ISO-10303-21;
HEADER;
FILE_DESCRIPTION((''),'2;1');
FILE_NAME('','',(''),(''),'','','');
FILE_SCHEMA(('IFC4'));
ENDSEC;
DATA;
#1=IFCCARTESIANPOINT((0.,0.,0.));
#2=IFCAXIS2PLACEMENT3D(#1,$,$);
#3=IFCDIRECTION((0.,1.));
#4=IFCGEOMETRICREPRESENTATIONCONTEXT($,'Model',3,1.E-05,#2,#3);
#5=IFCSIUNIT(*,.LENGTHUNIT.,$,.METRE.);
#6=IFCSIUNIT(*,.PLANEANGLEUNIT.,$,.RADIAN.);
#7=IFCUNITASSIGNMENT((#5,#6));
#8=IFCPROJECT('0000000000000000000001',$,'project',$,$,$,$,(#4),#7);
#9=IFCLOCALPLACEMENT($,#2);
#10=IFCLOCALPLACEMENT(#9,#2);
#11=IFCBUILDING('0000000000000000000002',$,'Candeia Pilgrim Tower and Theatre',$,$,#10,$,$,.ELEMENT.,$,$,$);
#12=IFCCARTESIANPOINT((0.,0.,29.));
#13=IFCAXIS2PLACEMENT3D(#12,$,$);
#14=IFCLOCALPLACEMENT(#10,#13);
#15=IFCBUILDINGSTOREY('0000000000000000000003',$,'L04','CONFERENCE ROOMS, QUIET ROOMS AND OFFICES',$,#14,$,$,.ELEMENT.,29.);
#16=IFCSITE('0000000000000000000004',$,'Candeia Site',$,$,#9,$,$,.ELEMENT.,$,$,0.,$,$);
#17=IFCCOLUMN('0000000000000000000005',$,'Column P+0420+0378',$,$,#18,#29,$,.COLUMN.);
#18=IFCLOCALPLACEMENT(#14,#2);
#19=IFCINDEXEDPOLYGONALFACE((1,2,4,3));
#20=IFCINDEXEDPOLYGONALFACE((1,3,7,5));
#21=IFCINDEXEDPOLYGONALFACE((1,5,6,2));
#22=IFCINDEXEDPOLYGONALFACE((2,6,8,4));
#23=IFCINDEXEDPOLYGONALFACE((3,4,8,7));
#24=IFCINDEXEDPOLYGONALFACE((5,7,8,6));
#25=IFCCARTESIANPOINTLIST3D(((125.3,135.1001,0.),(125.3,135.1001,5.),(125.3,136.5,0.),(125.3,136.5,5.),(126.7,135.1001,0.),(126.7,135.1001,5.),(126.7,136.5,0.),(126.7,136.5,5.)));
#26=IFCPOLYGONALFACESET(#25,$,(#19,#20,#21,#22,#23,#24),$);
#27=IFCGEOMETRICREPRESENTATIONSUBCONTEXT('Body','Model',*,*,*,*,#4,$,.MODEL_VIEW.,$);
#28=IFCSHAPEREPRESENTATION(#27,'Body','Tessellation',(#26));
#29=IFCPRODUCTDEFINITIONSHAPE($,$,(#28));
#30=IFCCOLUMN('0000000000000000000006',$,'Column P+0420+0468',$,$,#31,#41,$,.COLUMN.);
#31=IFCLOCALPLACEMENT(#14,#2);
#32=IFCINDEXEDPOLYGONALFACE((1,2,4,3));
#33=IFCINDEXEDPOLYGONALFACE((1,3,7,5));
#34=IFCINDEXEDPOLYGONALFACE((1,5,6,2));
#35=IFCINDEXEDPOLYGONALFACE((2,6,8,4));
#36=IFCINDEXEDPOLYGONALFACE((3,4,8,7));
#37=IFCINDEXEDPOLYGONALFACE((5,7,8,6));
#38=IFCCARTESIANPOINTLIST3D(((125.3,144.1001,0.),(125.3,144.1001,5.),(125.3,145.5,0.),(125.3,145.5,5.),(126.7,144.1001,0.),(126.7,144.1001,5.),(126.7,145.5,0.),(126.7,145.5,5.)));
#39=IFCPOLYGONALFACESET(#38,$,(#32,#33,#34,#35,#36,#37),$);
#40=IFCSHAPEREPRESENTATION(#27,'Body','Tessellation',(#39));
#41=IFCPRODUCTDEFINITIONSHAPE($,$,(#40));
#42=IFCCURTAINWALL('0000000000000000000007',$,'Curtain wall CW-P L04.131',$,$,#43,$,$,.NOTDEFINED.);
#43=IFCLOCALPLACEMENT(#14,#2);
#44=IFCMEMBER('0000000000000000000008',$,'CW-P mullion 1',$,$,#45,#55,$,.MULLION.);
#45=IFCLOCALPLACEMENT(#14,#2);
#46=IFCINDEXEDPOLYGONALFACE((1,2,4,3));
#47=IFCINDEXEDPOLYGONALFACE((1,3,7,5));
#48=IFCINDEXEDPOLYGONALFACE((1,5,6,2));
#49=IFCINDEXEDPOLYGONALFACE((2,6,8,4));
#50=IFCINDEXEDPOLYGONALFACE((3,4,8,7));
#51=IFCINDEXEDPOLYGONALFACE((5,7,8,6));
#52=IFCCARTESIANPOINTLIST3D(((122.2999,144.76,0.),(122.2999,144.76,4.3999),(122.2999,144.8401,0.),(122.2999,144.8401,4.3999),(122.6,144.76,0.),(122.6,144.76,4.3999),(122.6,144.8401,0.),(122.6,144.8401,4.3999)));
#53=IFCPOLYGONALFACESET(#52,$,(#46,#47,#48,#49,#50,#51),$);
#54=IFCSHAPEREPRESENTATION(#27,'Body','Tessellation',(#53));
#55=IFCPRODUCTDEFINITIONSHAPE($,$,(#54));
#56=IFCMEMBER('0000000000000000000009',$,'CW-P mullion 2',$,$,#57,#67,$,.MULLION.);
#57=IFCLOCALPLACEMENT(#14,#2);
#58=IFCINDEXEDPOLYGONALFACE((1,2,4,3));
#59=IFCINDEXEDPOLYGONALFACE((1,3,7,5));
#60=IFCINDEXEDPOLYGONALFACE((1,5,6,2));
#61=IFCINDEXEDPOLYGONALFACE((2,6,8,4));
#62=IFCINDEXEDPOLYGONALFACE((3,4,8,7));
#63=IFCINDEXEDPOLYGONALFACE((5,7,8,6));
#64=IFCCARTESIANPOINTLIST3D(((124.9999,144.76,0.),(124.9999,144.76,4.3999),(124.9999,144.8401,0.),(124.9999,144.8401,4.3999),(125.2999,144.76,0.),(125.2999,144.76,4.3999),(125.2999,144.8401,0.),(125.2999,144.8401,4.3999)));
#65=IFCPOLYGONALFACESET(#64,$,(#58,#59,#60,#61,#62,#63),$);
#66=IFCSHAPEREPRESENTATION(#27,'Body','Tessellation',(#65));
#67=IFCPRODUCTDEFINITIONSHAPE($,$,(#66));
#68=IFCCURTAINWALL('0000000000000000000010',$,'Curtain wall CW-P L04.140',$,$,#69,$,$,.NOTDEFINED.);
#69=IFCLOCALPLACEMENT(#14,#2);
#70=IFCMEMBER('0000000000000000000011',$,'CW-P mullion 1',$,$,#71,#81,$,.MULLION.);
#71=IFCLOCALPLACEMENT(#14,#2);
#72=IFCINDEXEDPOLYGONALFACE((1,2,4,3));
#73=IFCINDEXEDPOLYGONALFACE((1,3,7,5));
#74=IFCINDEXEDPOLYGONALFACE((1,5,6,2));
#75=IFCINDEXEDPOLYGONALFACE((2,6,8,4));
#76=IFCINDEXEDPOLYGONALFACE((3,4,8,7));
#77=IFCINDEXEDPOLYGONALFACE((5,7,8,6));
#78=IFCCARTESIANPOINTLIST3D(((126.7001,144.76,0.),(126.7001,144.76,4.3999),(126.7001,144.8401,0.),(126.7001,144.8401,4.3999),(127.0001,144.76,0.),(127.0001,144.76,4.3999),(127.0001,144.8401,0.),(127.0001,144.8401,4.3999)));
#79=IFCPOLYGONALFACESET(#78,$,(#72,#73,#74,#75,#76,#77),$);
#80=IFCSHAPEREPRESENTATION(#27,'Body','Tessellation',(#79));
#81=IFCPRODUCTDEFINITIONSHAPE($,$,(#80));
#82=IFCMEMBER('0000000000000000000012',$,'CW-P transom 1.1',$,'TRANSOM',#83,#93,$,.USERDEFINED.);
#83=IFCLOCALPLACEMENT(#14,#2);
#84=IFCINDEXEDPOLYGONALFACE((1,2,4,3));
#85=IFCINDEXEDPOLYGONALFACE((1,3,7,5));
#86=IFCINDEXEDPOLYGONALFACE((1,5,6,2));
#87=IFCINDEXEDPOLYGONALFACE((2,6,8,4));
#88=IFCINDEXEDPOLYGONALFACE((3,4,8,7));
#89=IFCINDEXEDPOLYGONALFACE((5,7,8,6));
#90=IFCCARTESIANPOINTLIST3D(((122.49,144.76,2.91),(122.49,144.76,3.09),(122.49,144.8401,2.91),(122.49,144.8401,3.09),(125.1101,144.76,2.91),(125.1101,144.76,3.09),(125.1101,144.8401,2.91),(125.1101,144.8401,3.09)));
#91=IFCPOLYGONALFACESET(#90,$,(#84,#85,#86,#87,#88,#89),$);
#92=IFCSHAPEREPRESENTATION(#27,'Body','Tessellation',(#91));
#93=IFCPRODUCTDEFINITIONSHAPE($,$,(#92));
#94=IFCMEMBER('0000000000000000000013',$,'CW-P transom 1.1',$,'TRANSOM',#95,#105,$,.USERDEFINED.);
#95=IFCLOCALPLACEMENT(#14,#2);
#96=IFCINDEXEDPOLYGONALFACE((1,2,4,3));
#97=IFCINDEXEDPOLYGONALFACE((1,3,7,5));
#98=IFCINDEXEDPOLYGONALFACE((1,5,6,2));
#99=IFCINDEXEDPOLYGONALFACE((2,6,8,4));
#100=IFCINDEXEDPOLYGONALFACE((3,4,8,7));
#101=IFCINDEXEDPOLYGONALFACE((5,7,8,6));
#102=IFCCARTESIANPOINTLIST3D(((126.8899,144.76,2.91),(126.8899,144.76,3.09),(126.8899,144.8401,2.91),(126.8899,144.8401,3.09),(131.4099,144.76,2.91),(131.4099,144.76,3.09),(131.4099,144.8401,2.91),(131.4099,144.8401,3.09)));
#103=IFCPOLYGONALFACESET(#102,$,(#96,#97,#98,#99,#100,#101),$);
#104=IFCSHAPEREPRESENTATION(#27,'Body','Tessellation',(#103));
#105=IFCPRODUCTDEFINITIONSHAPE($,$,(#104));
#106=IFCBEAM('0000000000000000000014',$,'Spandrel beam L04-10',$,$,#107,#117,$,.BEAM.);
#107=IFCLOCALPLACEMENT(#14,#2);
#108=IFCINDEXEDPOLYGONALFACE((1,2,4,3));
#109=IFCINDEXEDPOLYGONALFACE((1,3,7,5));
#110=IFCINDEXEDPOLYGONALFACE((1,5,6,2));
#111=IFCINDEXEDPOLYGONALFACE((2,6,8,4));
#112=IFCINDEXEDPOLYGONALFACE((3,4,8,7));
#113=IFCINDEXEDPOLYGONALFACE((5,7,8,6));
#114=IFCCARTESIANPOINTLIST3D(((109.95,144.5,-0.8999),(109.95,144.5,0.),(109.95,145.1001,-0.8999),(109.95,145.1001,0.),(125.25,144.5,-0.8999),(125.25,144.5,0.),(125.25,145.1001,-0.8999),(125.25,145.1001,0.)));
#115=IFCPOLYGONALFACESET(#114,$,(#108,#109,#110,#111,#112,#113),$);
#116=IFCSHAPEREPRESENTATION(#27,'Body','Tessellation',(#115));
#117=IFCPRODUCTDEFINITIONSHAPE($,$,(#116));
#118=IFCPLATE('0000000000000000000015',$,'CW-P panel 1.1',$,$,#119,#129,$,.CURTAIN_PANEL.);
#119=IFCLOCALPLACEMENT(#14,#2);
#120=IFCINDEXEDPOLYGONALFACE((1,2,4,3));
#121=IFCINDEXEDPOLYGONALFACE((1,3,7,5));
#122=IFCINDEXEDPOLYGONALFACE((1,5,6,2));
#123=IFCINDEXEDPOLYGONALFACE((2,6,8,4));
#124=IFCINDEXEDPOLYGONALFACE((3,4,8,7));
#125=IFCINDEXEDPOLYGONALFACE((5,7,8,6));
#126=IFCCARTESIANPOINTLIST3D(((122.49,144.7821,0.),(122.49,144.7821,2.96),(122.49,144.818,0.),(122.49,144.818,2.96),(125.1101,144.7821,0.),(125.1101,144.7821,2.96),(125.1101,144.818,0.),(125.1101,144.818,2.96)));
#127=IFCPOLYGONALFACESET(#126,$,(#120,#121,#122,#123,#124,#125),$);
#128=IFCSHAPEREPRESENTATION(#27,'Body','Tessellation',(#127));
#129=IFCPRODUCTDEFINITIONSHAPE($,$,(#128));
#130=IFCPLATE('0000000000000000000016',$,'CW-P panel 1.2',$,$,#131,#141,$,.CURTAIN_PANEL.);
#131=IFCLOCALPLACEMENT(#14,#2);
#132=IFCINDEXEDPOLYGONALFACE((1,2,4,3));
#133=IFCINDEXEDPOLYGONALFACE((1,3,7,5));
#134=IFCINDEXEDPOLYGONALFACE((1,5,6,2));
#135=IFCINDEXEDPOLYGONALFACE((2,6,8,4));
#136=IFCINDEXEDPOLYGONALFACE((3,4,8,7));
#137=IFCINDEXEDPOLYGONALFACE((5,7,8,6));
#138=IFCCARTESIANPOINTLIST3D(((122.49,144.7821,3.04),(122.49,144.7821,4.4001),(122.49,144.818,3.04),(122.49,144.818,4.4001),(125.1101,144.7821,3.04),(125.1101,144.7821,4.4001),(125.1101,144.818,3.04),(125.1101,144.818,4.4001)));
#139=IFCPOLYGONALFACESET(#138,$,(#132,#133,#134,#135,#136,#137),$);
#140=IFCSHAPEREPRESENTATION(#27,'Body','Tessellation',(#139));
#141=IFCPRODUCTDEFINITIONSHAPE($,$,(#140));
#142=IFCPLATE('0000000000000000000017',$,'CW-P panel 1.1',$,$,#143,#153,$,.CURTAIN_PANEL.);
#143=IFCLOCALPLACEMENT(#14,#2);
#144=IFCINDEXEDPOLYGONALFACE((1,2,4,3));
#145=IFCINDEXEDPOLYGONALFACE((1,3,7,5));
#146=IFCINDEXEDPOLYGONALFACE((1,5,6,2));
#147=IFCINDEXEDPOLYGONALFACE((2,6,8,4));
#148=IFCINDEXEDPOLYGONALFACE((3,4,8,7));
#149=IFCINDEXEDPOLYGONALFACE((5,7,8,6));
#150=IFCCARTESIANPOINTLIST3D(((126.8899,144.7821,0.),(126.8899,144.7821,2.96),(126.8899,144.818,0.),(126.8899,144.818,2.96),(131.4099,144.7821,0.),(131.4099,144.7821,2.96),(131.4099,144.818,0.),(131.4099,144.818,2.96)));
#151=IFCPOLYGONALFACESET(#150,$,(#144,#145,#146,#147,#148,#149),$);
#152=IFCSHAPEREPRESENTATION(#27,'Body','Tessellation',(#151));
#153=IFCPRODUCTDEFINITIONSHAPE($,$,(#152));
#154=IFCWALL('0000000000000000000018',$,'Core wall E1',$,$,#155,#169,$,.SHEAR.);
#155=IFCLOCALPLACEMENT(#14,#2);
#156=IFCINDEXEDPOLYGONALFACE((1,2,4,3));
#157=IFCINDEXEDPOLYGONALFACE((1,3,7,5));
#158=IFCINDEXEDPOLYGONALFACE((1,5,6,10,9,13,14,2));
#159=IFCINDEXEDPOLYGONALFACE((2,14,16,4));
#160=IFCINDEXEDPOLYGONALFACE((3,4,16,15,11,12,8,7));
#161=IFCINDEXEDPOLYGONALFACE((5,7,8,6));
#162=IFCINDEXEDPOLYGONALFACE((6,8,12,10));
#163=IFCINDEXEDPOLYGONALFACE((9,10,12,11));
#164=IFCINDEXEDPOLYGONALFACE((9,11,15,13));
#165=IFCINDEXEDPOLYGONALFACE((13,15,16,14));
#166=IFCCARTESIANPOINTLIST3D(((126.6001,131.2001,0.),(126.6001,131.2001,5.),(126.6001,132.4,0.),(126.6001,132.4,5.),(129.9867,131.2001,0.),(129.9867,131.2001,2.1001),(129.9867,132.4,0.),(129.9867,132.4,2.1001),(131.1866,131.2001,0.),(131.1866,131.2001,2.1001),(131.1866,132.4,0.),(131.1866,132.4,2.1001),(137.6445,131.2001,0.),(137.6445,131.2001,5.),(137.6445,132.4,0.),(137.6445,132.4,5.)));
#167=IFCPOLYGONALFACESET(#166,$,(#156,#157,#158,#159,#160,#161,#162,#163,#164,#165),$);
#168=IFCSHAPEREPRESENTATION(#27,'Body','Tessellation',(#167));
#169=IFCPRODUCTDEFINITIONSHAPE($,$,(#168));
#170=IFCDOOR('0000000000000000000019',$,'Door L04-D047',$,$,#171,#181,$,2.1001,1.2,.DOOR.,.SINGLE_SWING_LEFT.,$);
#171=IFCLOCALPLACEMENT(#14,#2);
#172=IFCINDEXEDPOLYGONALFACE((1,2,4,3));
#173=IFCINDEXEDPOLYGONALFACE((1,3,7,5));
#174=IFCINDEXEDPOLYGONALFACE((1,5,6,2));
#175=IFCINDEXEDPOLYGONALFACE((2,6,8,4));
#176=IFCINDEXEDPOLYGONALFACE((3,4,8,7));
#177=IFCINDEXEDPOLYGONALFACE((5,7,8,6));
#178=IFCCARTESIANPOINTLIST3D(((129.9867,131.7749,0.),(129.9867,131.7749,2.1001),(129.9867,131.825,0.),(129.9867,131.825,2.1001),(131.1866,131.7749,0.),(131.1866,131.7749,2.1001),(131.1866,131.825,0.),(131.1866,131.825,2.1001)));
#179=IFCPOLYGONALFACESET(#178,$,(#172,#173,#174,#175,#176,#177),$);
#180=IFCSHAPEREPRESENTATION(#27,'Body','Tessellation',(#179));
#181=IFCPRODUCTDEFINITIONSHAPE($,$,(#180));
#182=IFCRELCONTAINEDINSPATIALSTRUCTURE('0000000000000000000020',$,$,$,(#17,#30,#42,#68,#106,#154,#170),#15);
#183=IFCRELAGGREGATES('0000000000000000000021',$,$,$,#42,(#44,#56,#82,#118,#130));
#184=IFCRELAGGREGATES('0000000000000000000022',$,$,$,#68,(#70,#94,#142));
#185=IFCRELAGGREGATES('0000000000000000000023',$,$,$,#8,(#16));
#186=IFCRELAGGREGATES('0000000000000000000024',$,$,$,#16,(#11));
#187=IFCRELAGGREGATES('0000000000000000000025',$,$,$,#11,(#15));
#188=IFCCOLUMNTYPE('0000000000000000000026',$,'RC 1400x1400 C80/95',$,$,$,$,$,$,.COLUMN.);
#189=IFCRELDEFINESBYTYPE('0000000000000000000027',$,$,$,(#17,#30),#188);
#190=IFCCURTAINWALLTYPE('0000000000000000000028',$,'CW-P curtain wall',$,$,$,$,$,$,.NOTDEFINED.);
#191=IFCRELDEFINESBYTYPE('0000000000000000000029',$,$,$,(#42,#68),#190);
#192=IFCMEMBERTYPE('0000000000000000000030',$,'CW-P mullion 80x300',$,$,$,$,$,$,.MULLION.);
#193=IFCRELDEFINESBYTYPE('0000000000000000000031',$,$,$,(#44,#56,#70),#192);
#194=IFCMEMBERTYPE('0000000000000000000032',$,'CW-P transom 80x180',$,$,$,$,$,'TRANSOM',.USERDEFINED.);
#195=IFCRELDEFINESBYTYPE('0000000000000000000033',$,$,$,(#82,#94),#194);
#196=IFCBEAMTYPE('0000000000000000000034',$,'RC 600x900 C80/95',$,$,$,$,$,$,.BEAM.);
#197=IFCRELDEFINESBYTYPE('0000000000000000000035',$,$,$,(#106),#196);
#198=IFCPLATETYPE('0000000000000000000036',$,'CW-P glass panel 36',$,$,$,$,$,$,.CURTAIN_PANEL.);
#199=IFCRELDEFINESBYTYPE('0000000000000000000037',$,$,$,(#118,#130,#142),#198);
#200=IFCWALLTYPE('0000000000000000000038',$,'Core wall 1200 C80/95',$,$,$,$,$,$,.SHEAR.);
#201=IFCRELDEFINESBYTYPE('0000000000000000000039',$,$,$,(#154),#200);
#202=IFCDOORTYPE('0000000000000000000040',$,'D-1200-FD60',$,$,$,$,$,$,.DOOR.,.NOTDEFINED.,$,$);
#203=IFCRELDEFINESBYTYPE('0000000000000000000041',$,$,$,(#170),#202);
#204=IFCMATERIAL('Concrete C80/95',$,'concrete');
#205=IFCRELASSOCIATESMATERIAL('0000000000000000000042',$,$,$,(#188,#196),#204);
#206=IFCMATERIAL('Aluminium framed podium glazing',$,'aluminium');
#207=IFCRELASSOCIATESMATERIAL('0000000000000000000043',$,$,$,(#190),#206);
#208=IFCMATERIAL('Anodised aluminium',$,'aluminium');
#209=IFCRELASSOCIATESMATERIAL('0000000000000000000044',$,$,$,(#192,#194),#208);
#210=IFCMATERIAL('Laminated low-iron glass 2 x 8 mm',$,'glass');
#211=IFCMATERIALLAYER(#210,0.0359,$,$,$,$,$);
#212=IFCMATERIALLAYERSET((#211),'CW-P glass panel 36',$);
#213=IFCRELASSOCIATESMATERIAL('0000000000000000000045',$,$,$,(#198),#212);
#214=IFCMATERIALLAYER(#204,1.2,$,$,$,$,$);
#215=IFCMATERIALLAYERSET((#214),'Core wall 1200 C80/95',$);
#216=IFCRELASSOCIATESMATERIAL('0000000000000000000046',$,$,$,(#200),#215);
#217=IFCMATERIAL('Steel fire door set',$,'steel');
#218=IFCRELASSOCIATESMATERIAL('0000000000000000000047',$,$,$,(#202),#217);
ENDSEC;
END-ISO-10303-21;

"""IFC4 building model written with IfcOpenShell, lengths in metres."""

from ifc_helpers import new_model, si_unit, direction, frame, frame_2d, origin, origin_2d, place, context, subcontext, project, spatial, rectangle, extrude, material, layer, layer_set, material_profile, profile_set, type_object, element, fill, aggregate, save


model = new_model("IFC4")

# Units and contexts
model_context = context("Model", 3, precision=1e-05, world=origin(), true_north=direction((0.0, 1.0)))
body_context = subcontext(model_context, "Body", "Model", "MODEL_VIEW")
ifc_project = project(units=[si_unit("LENGTHUNIT", "METRE"), si_unit("PLANEANGLEUNIT", "RADIAN")], contexts=[model_context])

# Site, building, storey
site_placement = place(None, origin())
site = spatial("IfcSite", under=ifc_project, at=site_placement, Name="Candeia Site", CompositionType="ELEMENT", RefElevation=0.0)
building_placement = place(site_placement, origin())
building = spatial("IfcBuilding", under=site, at=building_placement, Name="Candeia Pilgrim Tower and Theatre", CompositionType="ELEMENT")
storey_placement = place(building_placement, frame((0.0, 0.0, 29.0)))
storey = spatial("IfcBuildingStorey", under=building, at=storey_placement, Name="L04", Description="CONFERENCE ROOMS, QUIET ROOMS AND OFFICES", CompositionType="ELEMENT", Elevation=29.0)

# Columns
ifc_material_1 = material(Name="Concrete C80/95", Category="concrete")
ifc_material_profile_1 = material_profile(ifc_material_1, rectangle(XDim=1.3999, YDim=1.3999, at=origin_2d()))
ifc_profile_set_1 = profile_set([ifc_material_profile_1], Name="Concrete C80/95")
column_type = type_object("IfcColumnType", Name="RC 1400x1400 C80/95", PredefinedType="COLUMN", material=ifc_profile_set_1)
for number, where, z_axis, x_axis, name in (
    (1, (126.0, 135.8, 0.0), (0.0, 0.0, 1.0), (1.0, 0.0, 0.0), "Column P+0420+0378"),
    (2, (126.0, 144.8, 0.0), (0.0, 0.0, 1.0), (1.0, 0.0, 0.0), "Column P+0420+0468"),
):
    element("IfcColumn", number, at=place(storey_placement, frame(where, z_axis=z_axis, x_axis=x_axis)), inside=storey, type_object=column_type, Name=name, PredefinedType="COLUMN", context=body_context, shape_type="SweptSolid", body=[
        extrude(rectangle(XDim=1.3999, YDim=1.3999, at=origin_2d()), origin(), (0.0, 0.0, 1.0), 5.0),
    ])

# Curtain wall, members
ifc_material_2 = material(Name="Aluminium framed podium glazing", Category="aluminium")
curtain_wall_type = type_object("IfcCurtainWallType", Name="CW-P curtain wall", PredefinedType="NOTDEFINED", material=ifc_material_2)
curtain_wall_1_placement = place(storey_placement, origin())
curtain_wall_1 = element("IfcCurtainWall", 3, at=curtain_wall_1_placement, inside=storey, type_object=curtain_wall_type, Name="Curtain wall CW-P L04.131", PredefinedType="NOTDEFINED")
ifc_material_3 = material(Name="Anodised aluminium", Category="aluminium")
ifc_material_profile_2 = material_profile(ifc_material_3, rectangle(XDim=0.0801, YDim=0.3, at=origin_2d()))
ifc_profile_set_2 = profile_set([ifc_material_profile_2], Name="Anodised aluminium")
member_type_1 = type_object("IfcMemberType", Name="CW-P mullion 80x300", PredefinedType="MULLION", material=ifc_profile_set_2)
member_1_placement = place(storey_placement, frame((122.45, 144.8, 0.0), z_axis=(0.0, 0.0, 1.0), x_axis=(0.0, 1.0, 0.0)))
member_1 = element("IfcMember", 4, at=member_1_placement, type_object=member_type_1, Name="CW-P mullion 1", PredefinedType="MULLION", context=body_context, shape_type="SweptSolid", body=[
    extrude(rectangle(XDim=0.0801, YDim=0.3, at=origin_2d()), origin(), (0.0, 0.0, 1.0), 4.3999),
])
member_2_placement = place(storey_placement, frame((125.1499, 144.8, 0.0), z_axis=(0.0, 0.0, 1.0), x_axis=(0.0, 1.0, 0.0)))
member_2 = element("IfcMember", 5, at=member_2_placement, type_object=member_type_1, Name="CW-P mullion 2", PredefinedType="MULLION", context=body_context, shape_type="SweptSolid", body=[
    extrude(rectangle(XDim=0.0801, YDim=0.3, at=origin_2d()), origin(), (0.0, 0.0, 1.0), 4.3999),
])

# Curtain wall, member
curtain_wall_2_placement = place(storey_placement, origin())
curtain_wall_2 = element("IfcCurtainWall", 6, at=curtain_wall_2_placement, inside=storey, type_object=curtain_wall_type, Name="Curtain wall CW-P L04.140", PredefinedType="NOTDEFINED")
member_3_placement = place(storey_placement, frame((126.8501, 144.8, 0.0), z_axis=(0.0, 0.0, 1.0), x_axis=(0.0, 1.0, 0.0)))
member_3 = element("IfcMember", 7, at=member_3_placement, type_object=member_type_1, Name="CW-P mullion 1", PredefinedType="MULLION", context=body_context, shape_type="SweptSolid", body=[
    extrude(rectangle(XDim=0.0801, YDim=0.3, at=origin_2d()), origin(), (0.0, 0.0, 1.0), 4.3999),
])

# Members
ifc_material_profile_3 = material_profile(ifc_material_3, rectangle(XDim=0.0801, YDim=0.1799, at=origin_2d()))
ifc_profile_set_3 = profile_set([ifc_material_profile_3], Name="Anodised aluminium")
member_type_2 = type_object("IfcMemberType", Name="CW-P transom 80x180", ElementType="TRANSOM", PredefinedType="USERDEFINED", material=ifc_profile_set_3)
member_4_placement = place(storey_placement, frame((122.49, 144.8, 3.0), z_axis=(1.0, 0.0, 0.0), x_axis=(0.0, 1.0, 0.0)))
member_4 = element("IfcMember", 8, at=member_4_placement, type_object=member_type_2, Name="CW-P transom 1.1", ObjectType="TRANSOM", PredefinedType="USERDEFINED", context=body_context, shape_type="SweptSolid", body=[
    extrude(rectangle(XDim=0.0801, YDim=0.1799, at=origin_2d()), origin(), (0.0, 0.0, 1.0), 2.6201),
])
member_5_placement = place(storey_placement, frame((126.8899, 144.8, 3.0), z_axis=(1.0, 0.0, 0.0), x_axis=(0.0, 1.0, 0.0)))
member_5 = element("IfcMember", 9, at=member_5_placement, type_object=member_type_2, Name="CW-P transom 1.1", ObjectType="TRANSOM", PredefinedType="USERDEFINED", context=body_context, shape_type="SweptSolid", body=[
    extrude(rectangle(XDim=0.0801, YDim=0.1799, at=origin_2d()), origin(), (0.0, 0.0, 1.0), 4.52),
])

# Beam
ifc_material_profile_4 = material_profile(ifc_material_1, rectangle(XDim=0.6001, YDim=0.8999, at=origin_2d()))
ifc_profile_set_4 = profile_set([ifc_material_profile_4], Name="Concrete C80/95")
beam_type = type_object("IfcBeamType", Name="RC 600x900 C80/95", PredefinedType="BEAM", material=ifc_profile_set_4)
beam_placement = place(storey_placement, frame((125.25, 144.8, -0.45), z_axis=(-1.0, 0.0, 0.0), x_axis=(0.0, -1.0, 0.0)))
element("IfcBeam", 10, at=beam_placement, inside=storey, type_object=beam_type, Name="Spandrel beam L04-10", PredefinedType="BEAM", context=body_context, shape_type="SweptSolid", body=[
    extrude(rectangle(XDim=0.6001, YDim=0.8999, at=origin_2d()), origin(), (0.0, 0.0, 1.0), 15.3),
])

# Plates
ifc_material_4 = material(Name="Laminated low-iron glass 2 x 8 mm", Category="glass")
ifc_layer_1 = layer(ifc_material_4, 0.0359)
ifc_layer_set_1 = layer_set([ifc_layer_1], Name="CW-P glass panel 36")
plate_type = type_object("IfcPlateType", Name="CW-P glass panel 36", PredefinedType="CURTAIN_PANEL", material=ifc_layer_set_1)
plate_1_placement = place(storey_placement, frame((123.8, 144.8, 0.0), z_axis=(0.0, 0.0, 1.0), x_axis=(1.0, 0.0, 0.0)))
plate_1 = element("IfcPlate", 11, at=plate_1_placement, type_object=plate_type, Name="CW-P panel 1.1", PredefinedType="CURTAIN_PANEL", context=body_context, shape_type="SweptSolid", body=[
    extrude(rectangle(XDim=2.6201, YDim=0.0359, at=origin_2d()), origin(), (0.0, 0.0, 1.0), 2.96),
])
plate_2_placement = place(storey_placement, frame((123.8, 144.8, 3.04), z_axis=(0.0, 0.0, 1.0), x_axis=(1.0, 0.0, 0.0)))
plate_2 = element("IfcPlate", 12, at=plate_2_placement, type_object=plate_type, Name="CW-P panel 1.2", PredefinedType="CURTAIN_PANEL", context=body_context, shape_type="SweptSolid", body=[
    extrude(rectangle(XDim=2.6201, YDim=0.0359, at=origin_2d()), origin(), (0.0, 0.0, 1.0), 1.3601),
])
aggregate(curtain_wall_1, [member_1, member_2, member_4, plate_1, plate_2])
plate_3_placement = place(storey_placement, frame((129.1499, 144.8, 0.0), z_axis=(0.0, 0.0, 1.0), x_axis=(1.0, 0.0, 0.0)))
plate_3 = element("IfcPlate", 13, at=plate_3_placement, type_object=plate_type, Name="CW-P panel 1.1", PredefinedType="CURTAIN_PANEL", context=body_context, shape_type="SweptSolid", body=[
    extrude(rectangle(XDim=4.52, YDim=0.0359, at=origin_2d()), origin(), (0.0, 0.0, 1.0), 2.96),
])
aggregate(curtain_wall_2, [member_3, member_5, plate_3])

# Wall, opening, door
ifc_layer_2 = layer(ifc_material_1, 1.2)
ifc_layer_set_2 = layer_set([ifc_layer_2], Name="Core wall 1200 C80/95")
wall_type_1 = type_object("IfcWallType", Name="Core wall 1200 C80/95", PredefinedType="SHEAR", material=ifc_layer_set_2)
wall_1_placement = place(storey_placement, frame((126.6001, 131.8, 0.0), z_axis=(0.0, 0.0, 1.0), x_axis=(1.0, 0.0, 0.0)))
wall_1 = element("IfcWall", 14, at=wall_1_placement, inside=storey, type_object=wall_type_1, Name="Core wall E1", PredefinedType="SHEAR", context=body_context, shape_type="SweptSolid", body=[
    extrude(rectangle(XDim=11.0444, YDim=1.2, at=frame_2d((5.5222, 0.0))), origin(), (0.0, 0.0, 1.0), 5.0),
])
opening_1_placement = place(wall_1_placement, frame((3.3865, 0.0, 0.0)))
opening_1 = element("IfcOpeningElement", 15, at=opening_1_placement, cuts=wall_1, PredefinedType="OPENING", context=body_context, shape_type="SweptSolid", body=[
    extrude(rectangle(XDim=1.2, YDim=2.1001, at=frame_2d((0.6001, 1.05))), frame((0.0, 0.6099, 0.0), z_axis=(0.0, -1.0, 0.0), x_axis=(1.0, 0.0, 0.0)), (0.0, 0.0, 1.0), 1.22),
])
ifc_material_5 = material(Name="Steel fire door set", Category="steel")
door_type_1 = type_object("IfcDoorType", Name="D-1200-FD60", OperationType="NOTDEFINED", PredefinedType="DOOR", material=ifc_material_5)
door_1_placement = place(opening_1_placement, origin())
door_1 = element("IfcDoor", 16, at=door_1_placement, inside=storey, type_object=door_type_1, Name="Door L04-D047", OperationType="SINGLE_SWING_LEFT", OverallHeight=2.1001, OverallWidth=1.2, PredefinedType="DOOR", context=body_context, shape_type="SweptSolid", body=[
    extrude(rectangle(XDim=1.2, YDim=2.1001, at=frame_2d((0.6001, 1.05))), frame((0.0, 0.0249, 0.0), z_axis=(0.0, -1.0, 0.0), x_axis=(1.0, 0.0, 0.0)), (0.0, 0.0, 1.0), 0.05),
])
fill(opening_1, door_1)

save(model, "model.ifc")
